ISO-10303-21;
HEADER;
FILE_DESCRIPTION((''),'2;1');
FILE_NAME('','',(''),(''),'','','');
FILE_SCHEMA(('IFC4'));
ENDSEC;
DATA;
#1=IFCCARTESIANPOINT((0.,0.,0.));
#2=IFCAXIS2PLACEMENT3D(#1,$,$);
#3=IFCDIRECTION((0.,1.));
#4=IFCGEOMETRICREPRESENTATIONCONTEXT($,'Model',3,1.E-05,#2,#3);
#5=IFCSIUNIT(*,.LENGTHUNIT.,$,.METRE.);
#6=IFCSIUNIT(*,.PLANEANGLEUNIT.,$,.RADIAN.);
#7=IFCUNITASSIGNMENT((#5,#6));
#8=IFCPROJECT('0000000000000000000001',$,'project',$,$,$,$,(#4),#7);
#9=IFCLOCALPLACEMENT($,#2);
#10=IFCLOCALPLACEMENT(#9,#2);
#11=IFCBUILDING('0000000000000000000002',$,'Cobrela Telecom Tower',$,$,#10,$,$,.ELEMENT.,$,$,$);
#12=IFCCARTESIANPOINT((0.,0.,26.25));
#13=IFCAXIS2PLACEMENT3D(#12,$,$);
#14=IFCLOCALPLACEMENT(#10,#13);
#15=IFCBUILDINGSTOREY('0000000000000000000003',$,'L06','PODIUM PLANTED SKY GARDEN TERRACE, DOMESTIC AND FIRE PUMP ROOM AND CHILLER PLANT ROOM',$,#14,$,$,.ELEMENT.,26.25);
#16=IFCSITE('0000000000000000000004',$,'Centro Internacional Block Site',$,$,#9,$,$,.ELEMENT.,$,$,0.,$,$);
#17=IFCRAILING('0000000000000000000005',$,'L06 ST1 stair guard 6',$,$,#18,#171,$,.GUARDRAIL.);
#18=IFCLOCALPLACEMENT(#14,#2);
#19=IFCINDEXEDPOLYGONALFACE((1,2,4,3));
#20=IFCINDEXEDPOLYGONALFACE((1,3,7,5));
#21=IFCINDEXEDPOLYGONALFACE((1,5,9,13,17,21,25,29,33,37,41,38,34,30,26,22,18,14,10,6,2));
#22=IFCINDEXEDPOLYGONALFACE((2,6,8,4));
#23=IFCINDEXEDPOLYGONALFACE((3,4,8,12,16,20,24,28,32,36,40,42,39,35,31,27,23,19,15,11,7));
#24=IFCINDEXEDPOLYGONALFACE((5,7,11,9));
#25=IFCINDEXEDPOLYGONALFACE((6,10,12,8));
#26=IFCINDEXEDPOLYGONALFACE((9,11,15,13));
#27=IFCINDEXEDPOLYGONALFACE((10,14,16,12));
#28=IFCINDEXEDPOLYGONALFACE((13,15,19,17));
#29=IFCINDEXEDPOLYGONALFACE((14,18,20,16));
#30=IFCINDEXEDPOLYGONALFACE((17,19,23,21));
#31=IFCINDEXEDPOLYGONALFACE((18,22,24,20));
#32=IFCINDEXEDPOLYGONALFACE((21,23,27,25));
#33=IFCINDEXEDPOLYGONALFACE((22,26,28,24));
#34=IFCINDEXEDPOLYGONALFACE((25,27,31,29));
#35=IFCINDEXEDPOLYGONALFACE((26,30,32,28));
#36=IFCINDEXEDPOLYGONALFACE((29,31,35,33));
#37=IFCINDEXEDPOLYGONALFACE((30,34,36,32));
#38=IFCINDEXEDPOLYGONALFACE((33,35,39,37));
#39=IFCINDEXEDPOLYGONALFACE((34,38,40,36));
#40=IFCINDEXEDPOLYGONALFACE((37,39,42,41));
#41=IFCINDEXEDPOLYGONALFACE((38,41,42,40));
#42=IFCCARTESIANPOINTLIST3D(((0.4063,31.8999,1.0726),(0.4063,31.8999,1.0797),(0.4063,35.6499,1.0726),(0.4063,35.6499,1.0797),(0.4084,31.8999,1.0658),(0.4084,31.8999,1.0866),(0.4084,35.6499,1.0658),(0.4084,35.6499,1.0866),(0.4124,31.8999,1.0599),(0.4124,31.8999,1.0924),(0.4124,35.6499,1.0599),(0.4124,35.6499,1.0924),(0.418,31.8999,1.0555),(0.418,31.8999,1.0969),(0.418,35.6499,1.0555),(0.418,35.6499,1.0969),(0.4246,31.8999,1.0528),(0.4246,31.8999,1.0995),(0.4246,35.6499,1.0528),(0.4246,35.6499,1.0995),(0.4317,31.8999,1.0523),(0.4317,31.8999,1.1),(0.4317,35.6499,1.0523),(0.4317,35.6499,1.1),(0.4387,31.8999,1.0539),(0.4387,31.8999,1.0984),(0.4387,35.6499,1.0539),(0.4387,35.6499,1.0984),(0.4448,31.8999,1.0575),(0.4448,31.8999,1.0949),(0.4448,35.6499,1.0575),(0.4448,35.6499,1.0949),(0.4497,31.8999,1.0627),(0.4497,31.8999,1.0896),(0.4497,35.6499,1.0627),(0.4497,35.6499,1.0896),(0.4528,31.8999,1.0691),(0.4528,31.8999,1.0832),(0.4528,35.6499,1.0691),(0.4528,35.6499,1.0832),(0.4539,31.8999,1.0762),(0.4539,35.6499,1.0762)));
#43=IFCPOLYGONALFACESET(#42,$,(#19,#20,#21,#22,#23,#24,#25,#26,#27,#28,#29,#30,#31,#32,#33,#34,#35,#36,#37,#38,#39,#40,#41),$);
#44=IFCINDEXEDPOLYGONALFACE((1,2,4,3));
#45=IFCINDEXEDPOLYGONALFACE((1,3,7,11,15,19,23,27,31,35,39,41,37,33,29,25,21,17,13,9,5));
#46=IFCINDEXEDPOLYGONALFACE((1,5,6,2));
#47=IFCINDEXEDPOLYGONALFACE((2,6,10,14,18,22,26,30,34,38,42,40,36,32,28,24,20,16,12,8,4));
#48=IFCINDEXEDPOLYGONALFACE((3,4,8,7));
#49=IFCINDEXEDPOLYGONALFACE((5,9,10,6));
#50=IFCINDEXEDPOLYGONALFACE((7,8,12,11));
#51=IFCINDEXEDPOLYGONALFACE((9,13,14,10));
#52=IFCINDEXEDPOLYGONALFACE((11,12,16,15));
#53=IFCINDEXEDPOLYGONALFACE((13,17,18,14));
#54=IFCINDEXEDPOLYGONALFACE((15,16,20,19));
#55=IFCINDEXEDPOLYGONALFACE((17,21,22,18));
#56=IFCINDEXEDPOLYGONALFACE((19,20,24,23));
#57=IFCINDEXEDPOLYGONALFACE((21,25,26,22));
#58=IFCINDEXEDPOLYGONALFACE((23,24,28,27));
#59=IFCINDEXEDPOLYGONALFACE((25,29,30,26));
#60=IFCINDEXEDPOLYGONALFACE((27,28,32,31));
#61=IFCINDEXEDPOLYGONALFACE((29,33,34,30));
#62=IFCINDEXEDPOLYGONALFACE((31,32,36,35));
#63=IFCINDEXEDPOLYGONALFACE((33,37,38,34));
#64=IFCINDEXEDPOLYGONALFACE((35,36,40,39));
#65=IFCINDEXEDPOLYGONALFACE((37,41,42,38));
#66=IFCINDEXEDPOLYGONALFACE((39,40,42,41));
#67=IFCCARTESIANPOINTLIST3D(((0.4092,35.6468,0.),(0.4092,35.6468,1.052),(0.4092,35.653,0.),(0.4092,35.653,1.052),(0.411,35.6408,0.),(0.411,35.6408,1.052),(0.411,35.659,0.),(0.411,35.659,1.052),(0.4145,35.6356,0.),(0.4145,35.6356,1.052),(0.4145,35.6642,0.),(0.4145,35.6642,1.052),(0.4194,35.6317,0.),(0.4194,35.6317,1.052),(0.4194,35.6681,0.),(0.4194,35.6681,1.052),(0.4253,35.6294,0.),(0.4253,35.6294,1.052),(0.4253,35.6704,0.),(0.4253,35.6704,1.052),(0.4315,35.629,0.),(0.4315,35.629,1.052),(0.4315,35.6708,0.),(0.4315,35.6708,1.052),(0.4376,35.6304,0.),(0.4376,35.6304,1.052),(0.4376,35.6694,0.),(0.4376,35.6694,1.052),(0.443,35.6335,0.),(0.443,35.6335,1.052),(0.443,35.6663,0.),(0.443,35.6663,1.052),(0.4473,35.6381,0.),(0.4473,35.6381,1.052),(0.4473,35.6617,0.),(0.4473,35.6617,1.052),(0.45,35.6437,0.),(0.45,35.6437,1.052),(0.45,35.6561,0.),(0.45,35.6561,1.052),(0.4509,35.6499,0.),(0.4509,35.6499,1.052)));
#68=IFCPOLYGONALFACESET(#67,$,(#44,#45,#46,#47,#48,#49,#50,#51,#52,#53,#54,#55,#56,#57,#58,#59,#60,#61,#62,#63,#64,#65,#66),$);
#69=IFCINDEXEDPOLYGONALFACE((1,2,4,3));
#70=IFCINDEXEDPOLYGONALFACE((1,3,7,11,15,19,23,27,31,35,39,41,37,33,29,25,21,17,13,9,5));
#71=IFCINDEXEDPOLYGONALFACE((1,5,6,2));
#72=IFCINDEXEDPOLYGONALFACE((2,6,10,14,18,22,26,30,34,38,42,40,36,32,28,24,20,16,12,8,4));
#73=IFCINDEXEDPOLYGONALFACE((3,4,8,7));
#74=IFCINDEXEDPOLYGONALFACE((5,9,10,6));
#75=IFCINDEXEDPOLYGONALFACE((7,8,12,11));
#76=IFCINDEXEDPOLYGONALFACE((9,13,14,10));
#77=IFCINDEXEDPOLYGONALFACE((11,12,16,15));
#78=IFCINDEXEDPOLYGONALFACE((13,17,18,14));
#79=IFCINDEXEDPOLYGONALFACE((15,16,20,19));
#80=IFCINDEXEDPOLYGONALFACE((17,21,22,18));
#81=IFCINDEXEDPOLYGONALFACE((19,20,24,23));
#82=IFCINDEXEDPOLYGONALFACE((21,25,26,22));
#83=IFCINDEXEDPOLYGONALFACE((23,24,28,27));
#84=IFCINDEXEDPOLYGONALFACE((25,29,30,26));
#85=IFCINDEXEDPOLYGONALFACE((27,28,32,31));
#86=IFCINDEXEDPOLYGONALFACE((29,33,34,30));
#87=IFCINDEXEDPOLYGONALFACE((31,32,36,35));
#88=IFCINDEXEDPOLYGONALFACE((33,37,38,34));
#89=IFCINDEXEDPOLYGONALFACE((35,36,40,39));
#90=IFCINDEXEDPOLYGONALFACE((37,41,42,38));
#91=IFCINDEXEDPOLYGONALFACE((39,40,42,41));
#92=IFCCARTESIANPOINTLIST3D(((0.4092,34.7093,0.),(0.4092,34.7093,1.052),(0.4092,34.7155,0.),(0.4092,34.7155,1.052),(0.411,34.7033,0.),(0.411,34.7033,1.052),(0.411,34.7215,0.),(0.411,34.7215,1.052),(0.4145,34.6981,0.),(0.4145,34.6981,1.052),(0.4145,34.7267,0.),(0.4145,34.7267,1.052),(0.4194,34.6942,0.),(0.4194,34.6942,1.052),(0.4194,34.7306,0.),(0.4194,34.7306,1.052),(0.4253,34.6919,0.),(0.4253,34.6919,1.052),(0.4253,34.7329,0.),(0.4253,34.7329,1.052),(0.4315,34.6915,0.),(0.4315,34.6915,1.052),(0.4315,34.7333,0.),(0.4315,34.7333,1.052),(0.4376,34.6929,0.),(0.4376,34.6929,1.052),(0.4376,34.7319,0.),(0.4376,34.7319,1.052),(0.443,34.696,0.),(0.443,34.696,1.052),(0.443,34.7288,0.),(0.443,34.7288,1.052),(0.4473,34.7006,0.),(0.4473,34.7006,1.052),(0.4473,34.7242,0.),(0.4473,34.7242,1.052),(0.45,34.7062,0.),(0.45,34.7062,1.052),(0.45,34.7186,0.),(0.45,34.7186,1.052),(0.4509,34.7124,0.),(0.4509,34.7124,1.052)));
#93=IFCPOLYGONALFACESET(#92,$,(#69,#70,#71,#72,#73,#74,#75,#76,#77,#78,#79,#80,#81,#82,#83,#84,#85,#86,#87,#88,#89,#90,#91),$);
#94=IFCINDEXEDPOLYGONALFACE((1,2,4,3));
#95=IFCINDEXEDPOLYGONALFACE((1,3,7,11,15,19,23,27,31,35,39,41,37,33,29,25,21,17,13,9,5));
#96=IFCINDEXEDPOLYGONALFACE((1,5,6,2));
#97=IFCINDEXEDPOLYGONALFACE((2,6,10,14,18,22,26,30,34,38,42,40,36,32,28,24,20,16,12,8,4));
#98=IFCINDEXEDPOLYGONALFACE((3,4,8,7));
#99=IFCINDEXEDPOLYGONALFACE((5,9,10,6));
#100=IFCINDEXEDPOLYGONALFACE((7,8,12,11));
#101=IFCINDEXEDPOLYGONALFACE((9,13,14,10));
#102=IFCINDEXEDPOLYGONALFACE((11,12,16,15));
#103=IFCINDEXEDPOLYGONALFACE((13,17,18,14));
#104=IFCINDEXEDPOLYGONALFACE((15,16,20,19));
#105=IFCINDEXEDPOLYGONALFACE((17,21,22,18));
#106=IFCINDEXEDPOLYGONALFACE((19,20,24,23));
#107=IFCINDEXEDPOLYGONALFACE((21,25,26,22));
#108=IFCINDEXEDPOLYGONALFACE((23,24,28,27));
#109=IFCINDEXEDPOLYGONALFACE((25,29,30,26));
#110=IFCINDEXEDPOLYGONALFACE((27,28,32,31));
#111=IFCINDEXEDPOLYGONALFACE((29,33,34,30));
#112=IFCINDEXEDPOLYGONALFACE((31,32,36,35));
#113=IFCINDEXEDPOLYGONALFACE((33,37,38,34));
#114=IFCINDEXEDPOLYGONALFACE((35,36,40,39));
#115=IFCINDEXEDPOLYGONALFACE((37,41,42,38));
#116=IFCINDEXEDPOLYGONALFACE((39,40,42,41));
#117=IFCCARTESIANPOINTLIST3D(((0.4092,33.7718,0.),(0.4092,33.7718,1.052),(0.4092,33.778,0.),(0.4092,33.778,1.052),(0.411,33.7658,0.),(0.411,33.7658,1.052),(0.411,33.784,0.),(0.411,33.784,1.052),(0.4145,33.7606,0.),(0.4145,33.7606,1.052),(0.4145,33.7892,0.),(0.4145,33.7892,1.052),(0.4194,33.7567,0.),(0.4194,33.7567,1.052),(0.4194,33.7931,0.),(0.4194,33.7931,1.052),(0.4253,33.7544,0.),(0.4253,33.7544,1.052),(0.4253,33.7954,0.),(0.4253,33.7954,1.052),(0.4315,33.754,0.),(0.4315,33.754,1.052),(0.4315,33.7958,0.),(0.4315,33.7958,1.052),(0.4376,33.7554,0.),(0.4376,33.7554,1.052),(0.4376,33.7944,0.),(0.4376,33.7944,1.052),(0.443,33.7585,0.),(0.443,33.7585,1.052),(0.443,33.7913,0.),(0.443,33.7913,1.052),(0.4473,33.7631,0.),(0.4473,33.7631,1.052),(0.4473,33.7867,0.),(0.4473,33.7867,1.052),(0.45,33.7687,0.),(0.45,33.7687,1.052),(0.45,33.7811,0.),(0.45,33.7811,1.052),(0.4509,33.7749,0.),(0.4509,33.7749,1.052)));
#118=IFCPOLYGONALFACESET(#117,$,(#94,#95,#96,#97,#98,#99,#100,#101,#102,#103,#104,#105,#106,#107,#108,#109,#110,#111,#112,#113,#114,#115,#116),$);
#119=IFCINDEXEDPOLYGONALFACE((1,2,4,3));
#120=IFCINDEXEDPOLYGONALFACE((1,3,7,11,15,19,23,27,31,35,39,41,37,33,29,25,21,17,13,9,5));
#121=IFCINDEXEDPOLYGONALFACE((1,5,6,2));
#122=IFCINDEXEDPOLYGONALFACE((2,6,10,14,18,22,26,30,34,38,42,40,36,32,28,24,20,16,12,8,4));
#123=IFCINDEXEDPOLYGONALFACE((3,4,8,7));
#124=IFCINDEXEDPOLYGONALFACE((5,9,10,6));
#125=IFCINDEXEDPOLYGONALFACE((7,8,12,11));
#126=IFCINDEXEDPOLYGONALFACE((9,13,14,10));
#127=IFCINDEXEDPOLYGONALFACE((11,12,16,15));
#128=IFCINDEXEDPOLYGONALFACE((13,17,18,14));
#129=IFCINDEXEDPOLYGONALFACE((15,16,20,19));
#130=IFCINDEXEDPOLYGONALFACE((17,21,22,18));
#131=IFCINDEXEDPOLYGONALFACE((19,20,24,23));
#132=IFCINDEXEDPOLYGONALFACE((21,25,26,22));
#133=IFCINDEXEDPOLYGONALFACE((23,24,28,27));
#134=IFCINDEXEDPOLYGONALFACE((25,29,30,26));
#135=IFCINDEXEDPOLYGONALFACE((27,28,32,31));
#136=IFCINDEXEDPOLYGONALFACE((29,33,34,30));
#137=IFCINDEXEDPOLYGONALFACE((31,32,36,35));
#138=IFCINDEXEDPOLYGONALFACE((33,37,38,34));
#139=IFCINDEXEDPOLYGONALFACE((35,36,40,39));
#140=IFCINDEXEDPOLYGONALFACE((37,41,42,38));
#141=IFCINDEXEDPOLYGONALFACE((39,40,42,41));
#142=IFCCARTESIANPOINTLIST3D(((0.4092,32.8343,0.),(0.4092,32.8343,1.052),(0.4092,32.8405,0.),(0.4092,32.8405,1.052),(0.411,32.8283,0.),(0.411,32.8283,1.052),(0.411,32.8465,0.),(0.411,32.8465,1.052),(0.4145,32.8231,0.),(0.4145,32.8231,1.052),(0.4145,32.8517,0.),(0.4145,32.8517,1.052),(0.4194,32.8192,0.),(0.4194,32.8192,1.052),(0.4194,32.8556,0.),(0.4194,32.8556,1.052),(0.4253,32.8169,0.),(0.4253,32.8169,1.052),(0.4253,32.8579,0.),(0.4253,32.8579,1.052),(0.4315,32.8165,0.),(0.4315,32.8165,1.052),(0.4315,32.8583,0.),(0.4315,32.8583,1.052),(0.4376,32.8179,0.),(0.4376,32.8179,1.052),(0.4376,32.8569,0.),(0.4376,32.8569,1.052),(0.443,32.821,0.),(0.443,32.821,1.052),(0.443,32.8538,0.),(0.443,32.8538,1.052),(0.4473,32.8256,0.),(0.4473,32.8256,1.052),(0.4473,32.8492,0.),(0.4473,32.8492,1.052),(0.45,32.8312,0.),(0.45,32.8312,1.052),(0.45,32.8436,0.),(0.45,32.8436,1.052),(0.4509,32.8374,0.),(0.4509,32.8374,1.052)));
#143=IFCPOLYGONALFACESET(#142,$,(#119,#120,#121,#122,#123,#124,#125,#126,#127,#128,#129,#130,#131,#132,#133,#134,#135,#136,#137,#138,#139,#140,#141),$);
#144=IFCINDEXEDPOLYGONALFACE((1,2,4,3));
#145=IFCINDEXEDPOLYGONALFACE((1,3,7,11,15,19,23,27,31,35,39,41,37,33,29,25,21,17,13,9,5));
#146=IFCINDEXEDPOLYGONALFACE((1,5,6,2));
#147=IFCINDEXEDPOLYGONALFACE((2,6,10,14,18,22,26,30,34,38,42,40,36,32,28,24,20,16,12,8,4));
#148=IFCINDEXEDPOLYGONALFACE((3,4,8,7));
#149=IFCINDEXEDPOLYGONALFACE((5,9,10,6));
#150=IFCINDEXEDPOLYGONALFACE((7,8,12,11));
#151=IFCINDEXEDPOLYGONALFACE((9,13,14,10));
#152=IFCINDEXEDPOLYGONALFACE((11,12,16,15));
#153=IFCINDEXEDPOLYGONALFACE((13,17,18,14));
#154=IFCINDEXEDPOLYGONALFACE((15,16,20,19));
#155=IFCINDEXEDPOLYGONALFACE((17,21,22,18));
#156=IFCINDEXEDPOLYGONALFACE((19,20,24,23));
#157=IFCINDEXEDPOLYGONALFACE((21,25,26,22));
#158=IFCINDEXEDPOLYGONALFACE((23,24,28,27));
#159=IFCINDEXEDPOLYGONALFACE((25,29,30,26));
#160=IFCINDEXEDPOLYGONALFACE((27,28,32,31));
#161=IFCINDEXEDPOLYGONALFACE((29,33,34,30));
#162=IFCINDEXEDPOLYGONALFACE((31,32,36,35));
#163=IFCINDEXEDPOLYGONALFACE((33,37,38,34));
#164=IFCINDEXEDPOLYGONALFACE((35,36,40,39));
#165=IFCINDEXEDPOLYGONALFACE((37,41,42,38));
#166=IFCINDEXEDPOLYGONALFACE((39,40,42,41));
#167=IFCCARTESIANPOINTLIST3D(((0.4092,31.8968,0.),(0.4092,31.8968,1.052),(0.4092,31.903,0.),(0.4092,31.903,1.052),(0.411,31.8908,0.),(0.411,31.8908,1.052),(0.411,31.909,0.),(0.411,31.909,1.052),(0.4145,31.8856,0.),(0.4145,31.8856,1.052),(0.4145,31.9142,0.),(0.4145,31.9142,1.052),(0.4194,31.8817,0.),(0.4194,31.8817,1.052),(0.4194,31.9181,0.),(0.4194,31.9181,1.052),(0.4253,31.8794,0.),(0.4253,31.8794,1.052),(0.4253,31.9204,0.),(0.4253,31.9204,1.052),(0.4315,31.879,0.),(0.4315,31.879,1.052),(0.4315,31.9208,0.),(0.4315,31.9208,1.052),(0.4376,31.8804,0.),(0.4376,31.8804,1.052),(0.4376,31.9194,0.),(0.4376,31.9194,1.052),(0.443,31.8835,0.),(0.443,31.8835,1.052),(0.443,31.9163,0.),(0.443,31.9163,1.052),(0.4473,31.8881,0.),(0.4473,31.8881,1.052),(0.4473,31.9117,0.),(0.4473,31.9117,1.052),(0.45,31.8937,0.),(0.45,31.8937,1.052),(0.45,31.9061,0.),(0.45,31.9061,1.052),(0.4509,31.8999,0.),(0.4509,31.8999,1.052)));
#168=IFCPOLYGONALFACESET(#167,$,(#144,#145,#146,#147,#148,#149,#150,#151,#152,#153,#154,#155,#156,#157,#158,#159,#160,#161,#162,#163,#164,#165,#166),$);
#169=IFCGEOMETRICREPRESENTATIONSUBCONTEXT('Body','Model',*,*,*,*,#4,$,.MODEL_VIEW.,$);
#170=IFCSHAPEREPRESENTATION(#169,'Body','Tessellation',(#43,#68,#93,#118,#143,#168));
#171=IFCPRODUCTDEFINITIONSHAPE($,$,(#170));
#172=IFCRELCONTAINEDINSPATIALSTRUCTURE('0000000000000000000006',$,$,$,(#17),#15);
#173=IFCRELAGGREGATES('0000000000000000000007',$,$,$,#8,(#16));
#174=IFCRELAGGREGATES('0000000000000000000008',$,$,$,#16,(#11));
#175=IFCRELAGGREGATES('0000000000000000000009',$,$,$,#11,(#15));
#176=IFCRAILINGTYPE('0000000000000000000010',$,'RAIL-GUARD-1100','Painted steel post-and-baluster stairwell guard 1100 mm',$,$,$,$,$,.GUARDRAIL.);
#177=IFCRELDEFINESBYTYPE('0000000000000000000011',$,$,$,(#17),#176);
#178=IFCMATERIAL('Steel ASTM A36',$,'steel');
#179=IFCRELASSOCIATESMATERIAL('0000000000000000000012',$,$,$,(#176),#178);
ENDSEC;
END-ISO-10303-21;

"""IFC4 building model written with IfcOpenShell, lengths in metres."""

from ifc_helpers import new_model, si_unit, direction, frame, origin, origin_2d, place, context, subcontext, project, spatial, circle, extrude, material, type_object, element, save


model = new_model("IFC4")

# Units and contexts
model_context = context("Model", 3, precision=1e-05, world=origin(), true_north=direction((0.0, 1.0)))
body_context = subcontext(model_context, "Body", "Model", "MODEL_VIEW")
ifc_project = project(units=[si_unit("LENGTHUNIT", "METRE"), si_unit("PLANEANGLEUNIT", "RADIAN")], contexts=[model_context])

# Site, building, storey
site_placement = place(None, origin())
site = spatial("IfcSite", under=ifc_project, at=site_placement, Name="Centro Internacional Block Site", CompositionType="ELEMENT", RefElevation=0.0)
building_placement = place(site_placement, origin())
building = spatial("IfcBuilding", under=site, at=building_placement, Name="Cobrela Telecom Tower", CompositionType="ELEMENT")
storey_placement = place(building_placement, frame((0.0, 0.0, 26.25)))
storey = spatial("IfcBuildingStorey", under=building, at=storey_placement, Name="L06", Description="PODIUM PLANTED SKY GARDEN TERRACE, DOMESTIC AND FIRE PUMP ROOM AND CHILLER PLANT ROOM", CompositionType="ELEMENT", Elevation=26.25)

# Railing
ifc_material_1 = material(Name="Steel ASTM A36", Category="steel")
railing_type_1 = type_object("IfcRailingType", Name="RAIL-GUARD-1100", Description="Painted steel post-and-baluster stairwell guard 1100 mm", PredefinedType="GUARDRAIL", material=ifc_material_1)
railing_1_placement = place(storey_placement, frame((0.4299, 35.6499, 0.0)))
element("IfcRailing", 1, at=railing_1_placement, inside=storey, type_object=railing_type_1, Name="L06 ST1 stair guard 6", PredefinedType="GUARDRAIL", context=body_context, shape_type="SweptSolid", body=[
    extrude(circle(Radius=0.0239, at=origin_2d()), frame((0.0, 0.0, 1.0762), z_axis=(0.0, -1.0, 0.0), x_axis=(1.0, 0.0, 0.0)), (0.0, 0.0, 1.0), 3.75),
    extrude(circle(Radius=0.021, at=origin_2d()), origin(), (0.0, 0.0, 1.0), 1.052),
    extrude(circle(Radius=0.021, at=origin_2d()), frame((0.0, -0.9375, 0.0)), (0.0, 0.0, 1.0), 1.052),
    extrude(circle(Radius=0.021, at=origin_2d()), frame((0.0, -1.875, 0.0)), (0.0, 0.0, 1.0), 1.052),
    extrude(circle(Radius=0.021, at=origin_2d()), frame((0.0, -2.8125, 0.0)), (0.0, 0.0, 1.0), 1.052),
    extrude(circle(Radius=0.021, at=origin_2d()), frame((0.0, -3.75, 0.0)), (0.0, 0.0, 1.0), 1.052),
])

save(model, "model.ifc")
